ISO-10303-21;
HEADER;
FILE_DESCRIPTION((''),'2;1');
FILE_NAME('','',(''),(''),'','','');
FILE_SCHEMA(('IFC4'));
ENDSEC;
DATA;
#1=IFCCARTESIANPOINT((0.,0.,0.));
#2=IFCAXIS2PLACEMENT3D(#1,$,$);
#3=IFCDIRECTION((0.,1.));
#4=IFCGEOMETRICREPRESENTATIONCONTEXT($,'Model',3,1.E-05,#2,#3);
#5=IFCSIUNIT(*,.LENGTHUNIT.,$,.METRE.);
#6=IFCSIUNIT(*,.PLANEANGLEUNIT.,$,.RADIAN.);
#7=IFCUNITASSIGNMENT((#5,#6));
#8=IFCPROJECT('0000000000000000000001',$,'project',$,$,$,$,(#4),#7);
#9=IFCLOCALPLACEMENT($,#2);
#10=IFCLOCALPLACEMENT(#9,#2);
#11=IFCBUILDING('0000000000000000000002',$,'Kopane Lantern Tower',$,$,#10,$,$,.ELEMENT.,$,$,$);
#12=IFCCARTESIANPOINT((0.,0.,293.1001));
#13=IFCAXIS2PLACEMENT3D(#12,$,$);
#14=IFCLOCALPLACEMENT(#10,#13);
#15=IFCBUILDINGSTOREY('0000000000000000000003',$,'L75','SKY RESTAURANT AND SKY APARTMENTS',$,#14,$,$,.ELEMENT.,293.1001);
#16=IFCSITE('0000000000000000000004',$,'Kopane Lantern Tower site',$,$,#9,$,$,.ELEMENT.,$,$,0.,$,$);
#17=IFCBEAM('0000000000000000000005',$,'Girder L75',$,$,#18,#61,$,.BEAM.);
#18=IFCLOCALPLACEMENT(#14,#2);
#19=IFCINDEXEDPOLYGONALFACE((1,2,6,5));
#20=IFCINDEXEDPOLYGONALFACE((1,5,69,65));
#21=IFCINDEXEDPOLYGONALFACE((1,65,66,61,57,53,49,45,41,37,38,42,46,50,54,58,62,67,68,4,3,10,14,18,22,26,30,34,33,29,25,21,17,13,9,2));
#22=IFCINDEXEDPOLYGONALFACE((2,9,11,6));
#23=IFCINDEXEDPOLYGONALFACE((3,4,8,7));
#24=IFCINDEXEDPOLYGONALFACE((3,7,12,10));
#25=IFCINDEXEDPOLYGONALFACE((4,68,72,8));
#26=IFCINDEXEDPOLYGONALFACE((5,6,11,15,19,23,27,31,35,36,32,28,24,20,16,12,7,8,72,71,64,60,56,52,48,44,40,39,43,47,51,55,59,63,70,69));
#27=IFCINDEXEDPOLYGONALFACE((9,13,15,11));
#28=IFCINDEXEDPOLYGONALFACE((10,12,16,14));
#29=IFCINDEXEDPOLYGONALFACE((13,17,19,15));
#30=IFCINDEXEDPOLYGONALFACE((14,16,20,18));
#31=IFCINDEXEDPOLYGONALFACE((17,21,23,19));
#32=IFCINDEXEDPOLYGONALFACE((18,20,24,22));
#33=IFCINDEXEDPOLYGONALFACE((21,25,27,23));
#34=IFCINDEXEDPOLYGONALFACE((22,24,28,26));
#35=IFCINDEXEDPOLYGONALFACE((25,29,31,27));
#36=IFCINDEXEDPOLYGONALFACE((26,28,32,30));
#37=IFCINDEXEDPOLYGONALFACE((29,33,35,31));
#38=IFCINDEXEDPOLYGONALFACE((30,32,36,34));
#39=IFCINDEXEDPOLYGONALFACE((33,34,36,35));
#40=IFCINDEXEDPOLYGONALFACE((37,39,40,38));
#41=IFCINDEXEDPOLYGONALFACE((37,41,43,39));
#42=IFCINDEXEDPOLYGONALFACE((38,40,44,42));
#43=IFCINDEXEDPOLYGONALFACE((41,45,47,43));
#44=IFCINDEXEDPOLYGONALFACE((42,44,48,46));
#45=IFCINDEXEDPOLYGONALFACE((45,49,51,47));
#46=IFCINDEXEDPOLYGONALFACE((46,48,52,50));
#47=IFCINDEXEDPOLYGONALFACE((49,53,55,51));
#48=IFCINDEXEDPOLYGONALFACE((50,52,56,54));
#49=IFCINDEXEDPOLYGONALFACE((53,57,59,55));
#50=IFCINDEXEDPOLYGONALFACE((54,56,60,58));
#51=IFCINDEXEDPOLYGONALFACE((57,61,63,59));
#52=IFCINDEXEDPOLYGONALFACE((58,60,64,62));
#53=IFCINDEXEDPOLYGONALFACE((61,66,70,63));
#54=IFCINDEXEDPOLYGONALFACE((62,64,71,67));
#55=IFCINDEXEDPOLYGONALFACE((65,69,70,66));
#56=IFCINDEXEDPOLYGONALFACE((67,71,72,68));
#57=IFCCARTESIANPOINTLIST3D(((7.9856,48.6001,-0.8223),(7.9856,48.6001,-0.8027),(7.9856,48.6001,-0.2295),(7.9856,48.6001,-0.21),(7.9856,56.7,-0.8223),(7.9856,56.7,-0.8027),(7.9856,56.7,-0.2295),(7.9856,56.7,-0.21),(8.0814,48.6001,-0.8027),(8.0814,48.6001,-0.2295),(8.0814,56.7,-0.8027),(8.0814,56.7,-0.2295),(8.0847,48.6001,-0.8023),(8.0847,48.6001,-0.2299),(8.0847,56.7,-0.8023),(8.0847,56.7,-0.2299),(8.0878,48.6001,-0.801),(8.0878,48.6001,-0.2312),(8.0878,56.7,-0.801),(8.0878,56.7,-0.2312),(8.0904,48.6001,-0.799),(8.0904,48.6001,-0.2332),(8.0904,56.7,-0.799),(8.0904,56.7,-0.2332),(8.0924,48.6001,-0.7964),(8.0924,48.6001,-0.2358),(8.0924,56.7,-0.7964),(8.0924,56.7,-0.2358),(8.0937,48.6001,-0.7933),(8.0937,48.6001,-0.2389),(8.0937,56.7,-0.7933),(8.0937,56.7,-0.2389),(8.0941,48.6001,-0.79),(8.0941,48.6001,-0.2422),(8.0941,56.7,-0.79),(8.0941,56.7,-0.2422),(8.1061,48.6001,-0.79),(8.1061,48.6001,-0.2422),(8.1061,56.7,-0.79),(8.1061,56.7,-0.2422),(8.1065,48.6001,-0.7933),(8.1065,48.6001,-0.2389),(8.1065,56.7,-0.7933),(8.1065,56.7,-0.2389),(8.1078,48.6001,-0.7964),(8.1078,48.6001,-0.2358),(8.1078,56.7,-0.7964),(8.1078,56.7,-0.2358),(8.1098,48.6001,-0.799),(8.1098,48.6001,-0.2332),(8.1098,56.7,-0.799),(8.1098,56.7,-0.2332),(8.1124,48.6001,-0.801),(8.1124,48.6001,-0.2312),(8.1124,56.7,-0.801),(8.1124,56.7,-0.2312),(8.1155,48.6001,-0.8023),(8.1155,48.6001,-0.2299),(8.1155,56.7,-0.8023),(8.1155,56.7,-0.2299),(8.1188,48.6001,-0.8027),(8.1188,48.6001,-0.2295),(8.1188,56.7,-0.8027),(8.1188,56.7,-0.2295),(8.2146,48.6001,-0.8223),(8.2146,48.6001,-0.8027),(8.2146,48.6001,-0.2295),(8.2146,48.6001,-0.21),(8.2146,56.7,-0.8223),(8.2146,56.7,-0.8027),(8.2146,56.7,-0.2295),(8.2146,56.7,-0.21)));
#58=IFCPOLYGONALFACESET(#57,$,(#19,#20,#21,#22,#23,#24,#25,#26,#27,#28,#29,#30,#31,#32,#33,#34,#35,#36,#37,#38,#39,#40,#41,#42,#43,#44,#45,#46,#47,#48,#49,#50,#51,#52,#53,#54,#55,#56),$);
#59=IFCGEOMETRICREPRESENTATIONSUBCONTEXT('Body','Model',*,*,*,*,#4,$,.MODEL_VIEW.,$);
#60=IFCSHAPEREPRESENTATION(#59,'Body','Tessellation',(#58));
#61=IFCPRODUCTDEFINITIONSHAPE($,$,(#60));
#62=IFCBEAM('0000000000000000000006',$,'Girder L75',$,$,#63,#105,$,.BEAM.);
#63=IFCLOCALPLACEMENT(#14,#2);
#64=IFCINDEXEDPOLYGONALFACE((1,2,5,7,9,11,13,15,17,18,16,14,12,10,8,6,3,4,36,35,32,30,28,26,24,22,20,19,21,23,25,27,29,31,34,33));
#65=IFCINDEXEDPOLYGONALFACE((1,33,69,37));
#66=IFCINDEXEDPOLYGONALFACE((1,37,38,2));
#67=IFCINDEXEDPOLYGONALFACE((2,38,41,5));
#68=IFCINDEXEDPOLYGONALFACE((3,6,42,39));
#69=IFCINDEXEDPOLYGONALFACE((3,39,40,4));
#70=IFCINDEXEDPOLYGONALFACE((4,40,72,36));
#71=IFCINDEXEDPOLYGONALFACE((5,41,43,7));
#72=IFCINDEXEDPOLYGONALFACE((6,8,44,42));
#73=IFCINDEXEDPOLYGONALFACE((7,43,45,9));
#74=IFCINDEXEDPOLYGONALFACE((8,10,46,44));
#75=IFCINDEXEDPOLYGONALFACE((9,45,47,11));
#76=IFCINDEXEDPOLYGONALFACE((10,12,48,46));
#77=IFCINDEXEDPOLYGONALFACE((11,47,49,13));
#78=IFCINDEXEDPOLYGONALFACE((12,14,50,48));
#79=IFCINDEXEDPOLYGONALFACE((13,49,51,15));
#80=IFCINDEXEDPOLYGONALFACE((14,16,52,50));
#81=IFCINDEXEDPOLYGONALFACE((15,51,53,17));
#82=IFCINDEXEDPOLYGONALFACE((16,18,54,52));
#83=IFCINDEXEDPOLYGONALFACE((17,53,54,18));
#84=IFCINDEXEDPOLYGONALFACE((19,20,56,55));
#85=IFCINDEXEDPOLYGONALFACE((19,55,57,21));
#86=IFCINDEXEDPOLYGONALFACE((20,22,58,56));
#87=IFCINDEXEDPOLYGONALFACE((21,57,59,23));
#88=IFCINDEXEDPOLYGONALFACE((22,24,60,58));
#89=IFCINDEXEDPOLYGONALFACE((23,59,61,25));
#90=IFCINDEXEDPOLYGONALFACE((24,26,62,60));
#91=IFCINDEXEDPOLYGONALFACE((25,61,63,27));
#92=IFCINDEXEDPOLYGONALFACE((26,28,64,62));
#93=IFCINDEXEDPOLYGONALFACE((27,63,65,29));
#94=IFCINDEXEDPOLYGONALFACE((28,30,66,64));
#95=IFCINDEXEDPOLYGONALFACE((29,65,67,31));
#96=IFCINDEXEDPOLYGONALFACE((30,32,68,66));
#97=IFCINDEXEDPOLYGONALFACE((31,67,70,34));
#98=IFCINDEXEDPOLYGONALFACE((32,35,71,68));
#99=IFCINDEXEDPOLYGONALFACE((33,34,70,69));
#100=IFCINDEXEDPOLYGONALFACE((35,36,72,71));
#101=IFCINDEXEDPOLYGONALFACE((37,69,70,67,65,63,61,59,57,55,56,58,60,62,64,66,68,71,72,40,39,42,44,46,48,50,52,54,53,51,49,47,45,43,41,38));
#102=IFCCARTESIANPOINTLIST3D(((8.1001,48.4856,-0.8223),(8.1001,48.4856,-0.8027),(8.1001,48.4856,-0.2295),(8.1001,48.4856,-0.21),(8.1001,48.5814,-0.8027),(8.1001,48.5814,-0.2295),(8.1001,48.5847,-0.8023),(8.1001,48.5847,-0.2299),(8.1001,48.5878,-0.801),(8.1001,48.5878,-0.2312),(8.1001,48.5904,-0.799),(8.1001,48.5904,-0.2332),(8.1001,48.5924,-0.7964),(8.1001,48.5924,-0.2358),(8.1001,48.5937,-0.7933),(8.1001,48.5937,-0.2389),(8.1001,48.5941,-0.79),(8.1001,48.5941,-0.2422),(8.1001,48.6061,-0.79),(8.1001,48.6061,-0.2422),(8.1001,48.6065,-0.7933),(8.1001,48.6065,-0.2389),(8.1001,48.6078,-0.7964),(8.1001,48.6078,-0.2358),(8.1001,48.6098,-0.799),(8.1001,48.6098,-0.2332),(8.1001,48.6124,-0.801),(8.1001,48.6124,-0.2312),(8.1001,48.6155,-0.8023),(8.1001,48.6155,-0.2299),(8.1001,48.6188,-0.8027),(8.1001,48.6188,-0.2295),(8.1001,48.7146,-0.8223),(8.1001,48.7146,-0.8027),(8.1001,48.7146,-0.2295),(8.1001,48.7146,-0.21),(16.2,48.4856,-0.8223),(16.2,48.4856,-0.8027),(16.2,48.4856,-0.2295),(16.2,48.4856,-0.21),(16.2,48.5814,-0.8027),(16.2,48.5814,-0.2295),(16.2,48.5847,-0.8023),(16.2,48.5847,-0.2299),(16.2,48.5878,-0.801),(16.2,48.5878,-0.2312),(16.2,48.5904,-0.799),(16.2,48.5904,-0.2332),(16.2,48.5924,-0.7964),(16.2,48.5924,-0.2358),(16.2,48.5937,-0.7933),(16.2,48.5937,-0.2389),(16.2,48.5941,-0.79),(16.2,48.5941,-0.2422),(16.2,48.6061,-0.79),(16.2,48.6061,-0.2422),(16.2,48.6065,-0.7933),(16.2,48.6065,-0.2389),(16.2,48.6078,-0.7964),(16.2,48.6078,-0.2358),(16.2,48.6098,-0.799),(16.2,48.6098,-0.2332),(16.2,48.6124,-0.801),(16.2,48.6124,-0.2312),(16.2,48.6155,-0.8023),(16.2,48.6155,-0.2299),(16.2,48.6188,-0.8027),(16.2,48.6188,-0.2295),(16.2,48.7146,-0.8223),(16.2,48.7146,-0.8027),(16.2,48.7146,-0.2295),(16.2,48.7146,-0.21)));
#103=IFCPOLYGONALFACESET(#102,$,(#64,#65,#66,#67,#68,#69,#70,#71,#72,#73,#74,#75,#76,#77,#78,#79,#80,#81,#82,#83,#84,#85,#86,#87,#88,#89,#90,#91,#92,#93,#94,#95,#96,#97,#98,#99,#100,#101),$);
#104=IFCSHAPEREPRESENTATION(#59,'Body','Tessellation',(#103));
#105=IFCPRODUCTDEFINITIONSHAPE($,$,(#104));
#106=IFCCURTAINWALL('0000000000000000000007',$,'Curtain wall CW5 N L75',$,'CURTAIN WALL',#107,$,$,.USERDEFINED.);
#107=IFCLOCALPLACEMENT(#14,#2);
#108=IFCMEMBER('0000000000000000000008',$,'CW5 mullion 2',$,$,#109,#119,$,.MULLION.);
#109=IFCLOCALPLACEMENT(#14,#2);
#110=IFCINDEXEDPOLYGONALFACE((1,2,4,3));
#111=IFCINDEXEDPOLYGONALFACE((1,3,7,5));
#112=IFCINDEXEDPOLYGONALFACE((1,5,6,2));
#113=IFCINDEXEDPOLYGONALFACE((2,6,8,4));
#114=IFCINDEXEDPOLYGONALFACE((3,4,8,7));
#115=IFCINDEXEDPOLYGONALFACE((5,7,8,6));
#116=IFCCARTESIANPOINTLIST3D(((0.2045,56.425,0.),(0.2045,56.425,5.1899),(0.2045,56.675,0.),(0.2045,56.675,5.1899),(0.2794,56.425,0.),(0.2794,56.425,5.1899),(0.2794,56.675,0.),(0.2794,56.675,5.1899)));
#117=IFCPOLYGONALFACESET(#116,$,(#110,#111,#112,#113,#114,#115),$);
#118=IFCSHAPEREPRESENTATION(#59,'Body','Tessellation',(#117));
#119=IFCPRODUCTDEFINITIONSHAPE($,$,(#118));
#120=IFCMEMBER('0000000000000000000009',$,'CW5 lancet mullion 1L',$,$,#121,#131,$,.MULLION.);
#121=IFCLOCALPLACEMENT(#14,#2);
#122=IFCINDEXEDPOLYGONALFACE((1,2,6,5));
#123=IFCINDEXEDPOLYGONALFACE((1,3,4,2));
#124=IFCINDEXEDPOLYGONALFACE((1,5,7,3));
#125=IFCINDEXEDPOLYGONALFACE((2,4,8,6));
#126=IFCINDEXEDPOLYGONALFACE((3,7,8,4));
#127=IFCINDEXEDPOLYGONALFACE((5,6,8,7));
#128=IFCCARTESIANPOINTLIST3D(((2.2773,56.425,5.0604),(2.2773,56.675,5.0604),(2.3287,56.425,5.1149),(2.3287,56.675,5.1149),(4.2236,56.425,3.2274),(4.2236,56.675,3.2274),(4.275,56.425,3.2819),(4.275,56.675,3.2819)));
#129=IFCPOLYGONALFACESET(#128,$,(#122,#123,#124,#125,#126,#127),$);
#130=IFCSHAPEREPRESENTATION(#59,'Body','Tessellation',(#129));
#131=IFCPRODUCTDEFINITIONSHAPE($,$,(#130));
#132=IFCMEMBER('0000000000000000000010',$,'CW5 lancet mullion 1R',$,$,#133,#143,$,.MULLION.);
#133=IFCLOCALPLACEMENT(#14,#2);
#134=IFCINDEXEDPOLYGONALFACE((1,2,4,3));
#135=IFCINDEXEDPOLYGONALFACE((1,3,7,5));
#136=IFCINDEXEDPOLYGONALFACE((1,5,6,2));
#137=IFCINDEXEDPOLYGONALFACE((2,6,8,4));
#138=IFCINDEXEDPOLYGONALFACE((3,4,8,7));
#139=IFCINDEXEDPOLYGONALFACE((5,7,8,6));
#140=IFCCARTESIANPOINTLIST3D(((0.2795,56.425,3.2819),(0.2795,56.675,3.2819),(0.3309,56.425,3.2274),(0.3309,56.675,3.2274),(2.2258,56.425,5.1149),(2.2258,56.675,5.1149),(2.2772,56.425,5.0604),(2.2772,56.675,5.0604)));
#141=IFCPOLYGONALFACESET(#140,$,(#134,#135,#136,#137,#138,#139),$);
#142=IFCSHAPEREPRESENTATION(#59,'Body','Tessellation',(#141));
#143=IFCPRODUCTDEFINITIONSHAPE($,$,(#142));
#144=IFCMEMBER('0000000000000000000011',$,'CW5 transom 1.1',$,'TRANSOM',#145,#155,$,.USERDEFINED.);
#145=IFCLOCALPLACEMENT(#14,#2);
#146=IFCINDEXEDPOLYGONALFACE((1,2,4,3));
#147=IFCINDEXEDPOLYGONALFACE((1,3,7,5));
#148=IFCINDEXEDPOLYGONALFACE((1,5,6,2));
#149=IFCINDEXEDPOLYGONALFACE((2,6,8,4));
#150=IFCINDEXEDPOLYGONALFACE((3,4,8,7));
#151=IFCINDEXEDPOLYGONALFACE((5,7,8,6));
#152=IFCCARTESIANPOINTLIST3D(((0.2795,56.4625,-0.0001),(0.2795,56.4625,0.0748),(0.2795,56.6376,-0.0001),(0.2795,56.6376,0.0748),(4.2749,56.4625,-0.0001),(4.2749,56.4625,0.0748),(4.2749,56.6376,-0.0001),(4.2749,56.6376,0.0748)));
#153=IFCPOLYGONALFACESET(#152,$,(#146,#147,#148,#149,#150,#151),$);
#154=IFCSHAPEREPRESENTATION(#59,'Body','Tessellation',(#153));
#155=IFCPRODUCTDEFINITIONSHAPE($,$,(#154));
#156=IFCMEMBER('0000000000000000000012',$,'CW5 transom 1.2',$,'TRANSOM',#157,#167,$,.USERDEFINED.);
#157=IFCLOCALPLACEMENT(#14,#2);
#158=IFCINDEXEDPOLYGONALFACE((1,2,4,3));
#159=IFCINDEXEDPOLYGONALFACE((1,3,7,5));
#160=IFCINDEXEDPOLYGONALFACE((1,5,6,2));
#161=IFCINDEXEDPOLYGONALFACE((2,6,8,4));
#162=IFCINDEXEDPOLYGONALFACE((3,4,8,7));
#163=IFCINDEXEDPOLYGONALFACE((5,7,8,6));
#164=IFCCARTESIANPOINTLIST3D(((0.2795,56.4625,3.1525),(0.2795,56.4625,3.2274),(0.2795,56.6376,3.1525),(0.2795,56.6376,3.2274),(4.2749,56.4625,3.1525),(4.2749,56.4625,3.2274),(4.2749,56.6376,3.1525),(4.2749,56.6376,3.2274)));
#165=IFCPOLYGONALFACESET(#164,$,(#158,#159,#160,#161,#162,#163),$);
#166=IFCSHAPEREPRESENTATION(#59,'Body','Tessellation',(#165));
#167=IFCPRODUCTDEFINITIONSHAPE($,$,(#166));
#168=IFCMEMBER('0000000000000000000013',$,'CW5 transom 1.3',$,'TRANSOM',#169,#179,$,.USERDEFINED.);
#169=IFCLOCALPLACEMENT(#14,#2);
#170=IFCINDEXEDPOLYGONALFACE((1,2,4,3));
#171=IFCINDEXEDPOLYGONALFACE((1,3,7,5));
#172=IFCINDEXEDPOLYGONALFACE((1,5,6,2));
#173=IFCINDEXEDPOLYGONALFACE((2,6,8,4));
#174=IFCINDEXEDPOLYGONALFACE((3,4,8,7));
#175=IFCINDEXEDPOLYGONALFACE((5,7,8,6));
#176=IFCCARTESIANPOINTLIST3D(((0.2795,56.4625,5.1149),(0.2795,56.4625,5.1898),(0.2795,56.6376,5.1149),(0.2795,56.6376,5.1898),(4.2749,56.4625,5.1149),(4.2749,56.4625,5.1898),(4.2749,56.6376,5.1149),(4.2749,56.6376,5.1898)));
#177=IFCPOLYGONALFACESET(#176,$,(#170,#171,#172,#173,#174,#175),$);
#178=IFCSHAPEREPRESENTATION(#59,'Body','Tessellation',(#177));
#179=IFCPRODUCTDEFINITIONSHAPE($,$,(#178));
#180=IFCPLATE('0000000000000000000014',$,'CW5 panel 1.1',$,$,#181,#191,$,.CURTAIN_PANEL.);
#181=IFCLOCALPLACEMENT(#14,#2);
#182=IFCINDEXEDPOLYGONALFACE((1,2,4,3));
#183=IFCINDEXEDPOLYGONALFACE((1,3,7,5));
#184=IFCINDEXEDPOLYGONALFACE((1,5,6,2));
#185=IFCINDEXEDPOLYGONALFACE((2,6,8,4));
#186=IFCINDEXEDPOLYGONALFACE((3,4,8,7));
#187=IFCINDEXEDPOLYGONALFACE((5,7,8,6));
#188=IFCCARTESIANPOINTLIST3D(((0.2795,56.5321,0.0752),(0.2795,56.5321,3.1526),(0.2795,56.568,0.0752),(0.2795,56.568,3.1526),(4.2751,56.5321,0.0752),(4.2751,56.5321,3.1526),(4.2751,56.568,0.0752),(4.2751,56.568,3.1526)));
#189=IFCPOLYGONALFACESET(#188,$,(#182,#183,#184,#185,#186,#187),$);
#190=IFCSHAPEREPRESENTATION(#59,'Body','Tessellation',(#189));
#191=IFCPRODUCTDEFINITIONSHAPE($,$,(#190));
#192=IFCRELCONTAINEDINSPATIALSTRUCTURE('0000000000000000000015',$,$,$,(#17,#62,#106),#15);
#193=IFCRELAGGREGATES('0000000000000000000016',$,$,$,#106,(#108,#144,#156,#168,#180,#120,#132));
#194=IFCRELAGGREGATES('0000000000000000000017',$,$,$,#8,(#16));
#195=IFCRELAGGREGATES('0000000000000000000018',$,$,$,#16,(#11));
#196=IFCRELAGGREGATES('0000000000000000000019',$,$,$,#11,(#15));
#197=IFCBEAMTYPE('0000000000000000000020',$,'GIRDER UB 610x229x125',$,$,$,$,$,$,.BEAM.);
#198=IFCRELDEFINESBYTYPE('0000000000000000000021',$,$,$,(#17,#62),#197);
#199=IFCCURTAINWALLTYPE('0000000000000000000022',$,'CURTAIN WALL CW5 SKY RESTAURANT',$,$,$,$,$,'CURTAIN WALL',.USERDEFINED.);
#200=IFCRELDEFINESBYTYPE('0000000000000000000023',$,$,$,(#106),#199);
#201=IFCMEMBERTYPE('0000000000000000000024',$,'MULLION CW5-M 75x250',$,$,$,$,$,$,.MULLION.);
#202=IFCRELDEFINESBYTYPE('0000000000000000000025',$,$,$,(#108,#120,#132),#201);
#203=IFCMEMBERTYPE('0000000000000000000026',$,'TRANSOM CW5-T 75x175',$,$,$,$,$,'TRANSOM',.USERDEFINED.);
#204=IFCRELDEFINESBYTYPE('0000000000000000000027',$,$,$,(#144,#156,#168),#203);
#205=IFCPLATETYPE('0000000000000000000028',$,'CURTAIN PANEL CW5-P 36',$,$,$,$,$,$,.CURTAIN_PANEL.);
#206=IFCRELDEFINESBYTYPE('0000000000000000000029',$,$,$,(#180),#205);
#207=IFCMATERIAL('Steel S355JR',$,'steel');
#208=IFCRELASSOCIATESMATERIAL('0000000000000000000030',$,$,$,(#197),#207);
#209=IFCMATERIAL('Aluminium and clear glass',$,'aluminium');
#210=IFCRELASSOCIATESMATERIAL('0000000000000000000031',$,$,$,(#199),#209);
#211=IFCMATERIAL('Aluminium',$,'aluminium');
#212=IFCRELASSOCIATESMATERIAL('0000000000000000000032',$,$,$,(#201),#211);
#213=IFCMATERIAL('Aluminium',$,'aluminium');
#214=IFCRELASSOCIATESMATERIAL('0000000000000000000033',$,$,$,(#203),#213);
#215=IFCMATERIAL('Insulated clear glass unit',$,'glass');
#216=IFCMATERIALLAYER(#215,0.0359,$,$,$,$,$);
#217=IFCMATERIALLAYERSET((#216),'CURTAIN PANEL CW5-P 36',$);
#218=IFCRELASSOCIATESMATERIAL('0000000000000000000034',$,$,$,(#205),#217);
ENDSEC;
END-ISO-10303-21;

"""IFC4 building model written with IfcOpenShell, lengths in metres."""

from ifc_helpers import new_model, si_unit, direction, frame, origin, origin_2d, place, context, subcontext, project, spatial, rectangle, i_section, extrude, material, layer, layer_set, material_profile, profile_set, type_object, element, aggregate, save


model = new_model("IFC4")

# Units and contexts
model_context = context("Model", 3, precision=1e-05, world=origin(), true_north=direction((0.0, 1.0)))
body_context = subcontext(model_context, "Body", "Model", "MODEL_VIEW")
ifc_project = project(units=[si_unit("LENGTHUNIT", "METRE"), si_unit("PLANEANGLEUNIT", "RADIAN")], contexts=[model_context])

# Site, building, storey
site_placement = place(None, origin())
site = spatial("IfcSite", under=ifc_project, at=site_placement, Name="Kopane Lantern Tower site", CompositionType="ELEMENT", RefElevation=0.0)
building_placement = place(site_placement, origin())
building = spatial("IfcBuilding", under=site, at=building_placement, Name="Kopane Lantern Tower", CompositionType="ELEMENT")
storey_placement = place(building_placement, frame((0.0, 0.0, 293.1001)))
storey = spatial("IfcBuildingStorey", under=building, at=storey_placement, Name="L75", Description="SKY RESTAURANT AND SKY APARTMENTS", CompositionType="ELEMENT", Elevation=293.1001)

# Beams
ifc_material_1 = material(Name="Steel S355JR", Category="steel")
ifc_material_profile_1 = material_profile(ifc_material_1, i_section(OverallWidth=0.229, OverallDepth=0.6123, WebThickness=0.012, FlangeThickness=0.0195, FilletRadius=0.0127, at=origin_2d()), Name="UB 610x229x125")
ifc_profile_set_1 = profile_set([ifc_material_profile_1], Name="Steel S355JR")
beam_type = type_object("IfcBeamType", Name="GIRDER UB 610x229x125", PredefinedType="BEAM", material=ifc_profile_set_1)
for number, where, z_axis, x_axis, name in (
    (1, (8.1001, 48.6001, -0.5161), (0.0, 1.0, 0.0), (-1.0, 0.0, 0.0), "Girder L75"),
    (2, (8.1001, 48.6001, -0.5161), (1.0, 0.0, 0.0), (0.0, 1.0, 0.0), "Girder L75"),
):
    element("IfcBeam", number, at=place(storey_placement, frame(where, z_axis=z_axis, x_axis=x_axis)), inside=storey, type_object=beam_type, Name=name, PredefinedType="BEAM", context=body_context, shape_type="SweptSolid", body=[
        extrude(i_section(OverallWidth=0.229, OverallDepth=0.6123, WebThickness=0.012, FlangeThickness=0.0195, FilletRadius=0.0127, at=origin_2d()), origin(), (0.0, 0.0, 1.0), 8.0999),
    ])

# Curtain wall, members, plate
ifc_material_2 = material(Name="Aluminium and clear glass", Category="aluminium")
curtain_wall_type = type_object("IfcCurtainWallType", Name="CURTAIN WALL CW5 SKY RESTAURANT", ElementType="CURTAIN WALL", PredefinedType="USERDEFINED", material=ifc_material_2)
curtain_wall_1_placement = place(storey_placement, origin())
curtain_wall_1 = element("IfcCurtainWall", 3, at=curtain_wall_1_placement, inside=storey, type_object=curtain_wall_type, Name="Curtain wall CW5 N L75", ObjectType="CURTAIN WALL", PredefinedType="USERDEFINED")
ifc_material_3 = material(Name="Aluminium", Category="aluminium")
ifc_material_profile_2 = material_profile(ifc_material_3, rectangle(XDim=0.075, YDim=0.25, at=origin_2d()), Name="AL 75x250")
ifc_profile_set_2 = profile_set([ifc_material_profile_2], Name="Aluminium")
member_type_1 = type_object("IfcMemberType", Name="MULLION CW5-M 75x250", PredefinedType="MULLION", material=ifc_profile_set_2)
member_1_placement = place(storey_placement, frame((0.2419, 56.55, 0.0), z_axis=(0.0, 0.0, 1.0), x_axis=(-1.0, 0.0, 0.0)))
member_1 = element("IfcMember", 4, at=member_1_placement, type_object=member_type_1, Name="CW5 mullion 2", PredefinedType="MULLION", context=body_context, shape_type="SweptSolid", body=[
    extrude(rectangle(XDim=0.075, YDim=0.25, at=origin_2d()), origin(), (0.0, 0.0, 1.0), 5.1899),
])
member_2_placement = place(storey_placement, frame((4.2493, 56.55, 3.2546), z_axis=(-0.727975, 0.0, 0.685604), x_axis=(0.685604, 0.0, 0.727975)))
member_2 = element("IfcMember", 5, at=member_2_placement, type_object=member_type_1, Name="CW5 lancet mullion 1L", PredefinedType="MULLION", context=body_context, shape_type="SweptSolid", body=[
    extrude(rectangle(XDim=0.075, YDim=0.25, at=origin_2d()), origin(), (0.0, 0.0, 1.0), 2.6736),
])
member_3_placement = place(storey_placement, frame((0.3052, 56.55, 3.2546), z_axis=(0.727975, 0.0, 0.685604), x_axis=(-0.685604, 0.0, 0.727975)))
member_3 = element("IfcMember", 6, at=member_3_placement, type_object=member_type_1, Name="CW5 lancet mullion 1R", PredefinedType="MULLION", context=body_context, shape_type="SweptSolid", body=[
    extrude(rectangle(XDim=0.075, YDim=0.25, at=origin_2d()), origin(), (0.0, 0.0, 1.0), 2.6736),
])
ifc_material_4 = material(Name="Aluminium", Category="aluminium")
ifc_material_profile_3 = material_profile(ifc_material_4, rectangle(XDim=0.175, YDim=0.075, at=origin_2d()), Name="AL 175x75")
ifc_profile_set_3 = profile_set([ifc_material_profile_3], Name="Aluminium")
member_type_2 = type_object("IfcMemberType", Name="TRANSOM CW5-T 75x175", ElementType="TRANSOM", PredefinedType="USERDEFINED", material=ifc_profile_set_3)
member_4_placement = place(storey_placement, frame((4.2749, 56.55, 0.0374), z_axis=(-1.0, 0.0, 0.0), x_axis=(0.0, -1.0, 0.0)))
member_4 = element("IfcMember", 7, at=member_4_placement, type_object=member_type_2, Name="CW5 transom 1.1", ObjectType="TRANSOM", PredefinedType="USERDEFINED", context=body_context, shape_type="SweptSolid", body=[
    extrude(rectangle(XDim=0.175, YDim=0.075, at=origin_2d()), origin(), (0.0, 0.0, 1.0), 3.9954),
])
member_5_placement = place(storey_placement, frame((4.2749, 56.55, 3.1899), z_axis=(-1.0, 0.0, 0.0), x_axis=(0.0, -1.0, 0.0)))
member_5 = element("IfcMember", 8, at=member_5_placement, type_object=member_type_2, Name="CW5 transom 1.2", ObjectType="TRANSOM", PredefinedType="USERDEFINED", context=body_context, shape_type="SweptSolid", body=[
    extrude(rectangle(XDim=0.175, YDim=0.075, at=origin_2d()), origin(), (0.0, 0.0, 1.0), 3.9954),
])
member_6_placement = place(storey_placement, frame((4.2749, 56.55, 5.1523), z_axis=(-1.0, 0.0, 0.0), x_axis=(0.0, -1.0, 0.0)))
member_6 = element("IfcMember", 9, at=member_6_placement, type_object=member_type_2, Name="CW5 transom 1.3", ObjectType="TRANSOM", PredefinedType="USERDEFINED", context=body_context, shape_type="SweptSolid", body=[
    extrude(rectangle(XDim=0.175, YDim=0.075, at=origin_2d()), origin(), (0.0, 0.0, 1.0), 3.9954),
])
ifc_material_5 = material(Name="Insulated clear glass unit", Category="glass")
ifc_layer_1 = layer(ifc_material_5, 0.0359)
ifc_layer_set_1 = layer_set([ifc_layer_1], Name="CURTAIN PANEL CW5-P 36")
plate_type = type_object("IfcPlateType", Name="CURTAIN PANEL CW5-P 36", PredefinedType="CURTAIN_PANEL", material=ifc_layer_set_1)
plate_1_placement = place(storey_placement, frame((2.2773, 56.55, 0.0752), z_axis=(0.0, 0.0, 1.0), x_axis=(-1.0, 0.0, 0.0)))
plate_1 = element("IfcPlate", 10, at=plate_1_placement, type_object=plate_type, Name="CW5 panel 1.1", PredefinedType="CURTAIN_PANEL", context=body_context, shape_type="SweptSolid", body=[
    extrude(rectangle(XDim=3.9956, YDim=0.0359, at=origin_2d()), origin(), (0.0, 0.0, 1.0), 3.0774),
])
aggregate(curtain_wall_1, [member_1, member_4, member_5, member_6, plate_1, member_2, member_3])

save(model, "model.ifc")
